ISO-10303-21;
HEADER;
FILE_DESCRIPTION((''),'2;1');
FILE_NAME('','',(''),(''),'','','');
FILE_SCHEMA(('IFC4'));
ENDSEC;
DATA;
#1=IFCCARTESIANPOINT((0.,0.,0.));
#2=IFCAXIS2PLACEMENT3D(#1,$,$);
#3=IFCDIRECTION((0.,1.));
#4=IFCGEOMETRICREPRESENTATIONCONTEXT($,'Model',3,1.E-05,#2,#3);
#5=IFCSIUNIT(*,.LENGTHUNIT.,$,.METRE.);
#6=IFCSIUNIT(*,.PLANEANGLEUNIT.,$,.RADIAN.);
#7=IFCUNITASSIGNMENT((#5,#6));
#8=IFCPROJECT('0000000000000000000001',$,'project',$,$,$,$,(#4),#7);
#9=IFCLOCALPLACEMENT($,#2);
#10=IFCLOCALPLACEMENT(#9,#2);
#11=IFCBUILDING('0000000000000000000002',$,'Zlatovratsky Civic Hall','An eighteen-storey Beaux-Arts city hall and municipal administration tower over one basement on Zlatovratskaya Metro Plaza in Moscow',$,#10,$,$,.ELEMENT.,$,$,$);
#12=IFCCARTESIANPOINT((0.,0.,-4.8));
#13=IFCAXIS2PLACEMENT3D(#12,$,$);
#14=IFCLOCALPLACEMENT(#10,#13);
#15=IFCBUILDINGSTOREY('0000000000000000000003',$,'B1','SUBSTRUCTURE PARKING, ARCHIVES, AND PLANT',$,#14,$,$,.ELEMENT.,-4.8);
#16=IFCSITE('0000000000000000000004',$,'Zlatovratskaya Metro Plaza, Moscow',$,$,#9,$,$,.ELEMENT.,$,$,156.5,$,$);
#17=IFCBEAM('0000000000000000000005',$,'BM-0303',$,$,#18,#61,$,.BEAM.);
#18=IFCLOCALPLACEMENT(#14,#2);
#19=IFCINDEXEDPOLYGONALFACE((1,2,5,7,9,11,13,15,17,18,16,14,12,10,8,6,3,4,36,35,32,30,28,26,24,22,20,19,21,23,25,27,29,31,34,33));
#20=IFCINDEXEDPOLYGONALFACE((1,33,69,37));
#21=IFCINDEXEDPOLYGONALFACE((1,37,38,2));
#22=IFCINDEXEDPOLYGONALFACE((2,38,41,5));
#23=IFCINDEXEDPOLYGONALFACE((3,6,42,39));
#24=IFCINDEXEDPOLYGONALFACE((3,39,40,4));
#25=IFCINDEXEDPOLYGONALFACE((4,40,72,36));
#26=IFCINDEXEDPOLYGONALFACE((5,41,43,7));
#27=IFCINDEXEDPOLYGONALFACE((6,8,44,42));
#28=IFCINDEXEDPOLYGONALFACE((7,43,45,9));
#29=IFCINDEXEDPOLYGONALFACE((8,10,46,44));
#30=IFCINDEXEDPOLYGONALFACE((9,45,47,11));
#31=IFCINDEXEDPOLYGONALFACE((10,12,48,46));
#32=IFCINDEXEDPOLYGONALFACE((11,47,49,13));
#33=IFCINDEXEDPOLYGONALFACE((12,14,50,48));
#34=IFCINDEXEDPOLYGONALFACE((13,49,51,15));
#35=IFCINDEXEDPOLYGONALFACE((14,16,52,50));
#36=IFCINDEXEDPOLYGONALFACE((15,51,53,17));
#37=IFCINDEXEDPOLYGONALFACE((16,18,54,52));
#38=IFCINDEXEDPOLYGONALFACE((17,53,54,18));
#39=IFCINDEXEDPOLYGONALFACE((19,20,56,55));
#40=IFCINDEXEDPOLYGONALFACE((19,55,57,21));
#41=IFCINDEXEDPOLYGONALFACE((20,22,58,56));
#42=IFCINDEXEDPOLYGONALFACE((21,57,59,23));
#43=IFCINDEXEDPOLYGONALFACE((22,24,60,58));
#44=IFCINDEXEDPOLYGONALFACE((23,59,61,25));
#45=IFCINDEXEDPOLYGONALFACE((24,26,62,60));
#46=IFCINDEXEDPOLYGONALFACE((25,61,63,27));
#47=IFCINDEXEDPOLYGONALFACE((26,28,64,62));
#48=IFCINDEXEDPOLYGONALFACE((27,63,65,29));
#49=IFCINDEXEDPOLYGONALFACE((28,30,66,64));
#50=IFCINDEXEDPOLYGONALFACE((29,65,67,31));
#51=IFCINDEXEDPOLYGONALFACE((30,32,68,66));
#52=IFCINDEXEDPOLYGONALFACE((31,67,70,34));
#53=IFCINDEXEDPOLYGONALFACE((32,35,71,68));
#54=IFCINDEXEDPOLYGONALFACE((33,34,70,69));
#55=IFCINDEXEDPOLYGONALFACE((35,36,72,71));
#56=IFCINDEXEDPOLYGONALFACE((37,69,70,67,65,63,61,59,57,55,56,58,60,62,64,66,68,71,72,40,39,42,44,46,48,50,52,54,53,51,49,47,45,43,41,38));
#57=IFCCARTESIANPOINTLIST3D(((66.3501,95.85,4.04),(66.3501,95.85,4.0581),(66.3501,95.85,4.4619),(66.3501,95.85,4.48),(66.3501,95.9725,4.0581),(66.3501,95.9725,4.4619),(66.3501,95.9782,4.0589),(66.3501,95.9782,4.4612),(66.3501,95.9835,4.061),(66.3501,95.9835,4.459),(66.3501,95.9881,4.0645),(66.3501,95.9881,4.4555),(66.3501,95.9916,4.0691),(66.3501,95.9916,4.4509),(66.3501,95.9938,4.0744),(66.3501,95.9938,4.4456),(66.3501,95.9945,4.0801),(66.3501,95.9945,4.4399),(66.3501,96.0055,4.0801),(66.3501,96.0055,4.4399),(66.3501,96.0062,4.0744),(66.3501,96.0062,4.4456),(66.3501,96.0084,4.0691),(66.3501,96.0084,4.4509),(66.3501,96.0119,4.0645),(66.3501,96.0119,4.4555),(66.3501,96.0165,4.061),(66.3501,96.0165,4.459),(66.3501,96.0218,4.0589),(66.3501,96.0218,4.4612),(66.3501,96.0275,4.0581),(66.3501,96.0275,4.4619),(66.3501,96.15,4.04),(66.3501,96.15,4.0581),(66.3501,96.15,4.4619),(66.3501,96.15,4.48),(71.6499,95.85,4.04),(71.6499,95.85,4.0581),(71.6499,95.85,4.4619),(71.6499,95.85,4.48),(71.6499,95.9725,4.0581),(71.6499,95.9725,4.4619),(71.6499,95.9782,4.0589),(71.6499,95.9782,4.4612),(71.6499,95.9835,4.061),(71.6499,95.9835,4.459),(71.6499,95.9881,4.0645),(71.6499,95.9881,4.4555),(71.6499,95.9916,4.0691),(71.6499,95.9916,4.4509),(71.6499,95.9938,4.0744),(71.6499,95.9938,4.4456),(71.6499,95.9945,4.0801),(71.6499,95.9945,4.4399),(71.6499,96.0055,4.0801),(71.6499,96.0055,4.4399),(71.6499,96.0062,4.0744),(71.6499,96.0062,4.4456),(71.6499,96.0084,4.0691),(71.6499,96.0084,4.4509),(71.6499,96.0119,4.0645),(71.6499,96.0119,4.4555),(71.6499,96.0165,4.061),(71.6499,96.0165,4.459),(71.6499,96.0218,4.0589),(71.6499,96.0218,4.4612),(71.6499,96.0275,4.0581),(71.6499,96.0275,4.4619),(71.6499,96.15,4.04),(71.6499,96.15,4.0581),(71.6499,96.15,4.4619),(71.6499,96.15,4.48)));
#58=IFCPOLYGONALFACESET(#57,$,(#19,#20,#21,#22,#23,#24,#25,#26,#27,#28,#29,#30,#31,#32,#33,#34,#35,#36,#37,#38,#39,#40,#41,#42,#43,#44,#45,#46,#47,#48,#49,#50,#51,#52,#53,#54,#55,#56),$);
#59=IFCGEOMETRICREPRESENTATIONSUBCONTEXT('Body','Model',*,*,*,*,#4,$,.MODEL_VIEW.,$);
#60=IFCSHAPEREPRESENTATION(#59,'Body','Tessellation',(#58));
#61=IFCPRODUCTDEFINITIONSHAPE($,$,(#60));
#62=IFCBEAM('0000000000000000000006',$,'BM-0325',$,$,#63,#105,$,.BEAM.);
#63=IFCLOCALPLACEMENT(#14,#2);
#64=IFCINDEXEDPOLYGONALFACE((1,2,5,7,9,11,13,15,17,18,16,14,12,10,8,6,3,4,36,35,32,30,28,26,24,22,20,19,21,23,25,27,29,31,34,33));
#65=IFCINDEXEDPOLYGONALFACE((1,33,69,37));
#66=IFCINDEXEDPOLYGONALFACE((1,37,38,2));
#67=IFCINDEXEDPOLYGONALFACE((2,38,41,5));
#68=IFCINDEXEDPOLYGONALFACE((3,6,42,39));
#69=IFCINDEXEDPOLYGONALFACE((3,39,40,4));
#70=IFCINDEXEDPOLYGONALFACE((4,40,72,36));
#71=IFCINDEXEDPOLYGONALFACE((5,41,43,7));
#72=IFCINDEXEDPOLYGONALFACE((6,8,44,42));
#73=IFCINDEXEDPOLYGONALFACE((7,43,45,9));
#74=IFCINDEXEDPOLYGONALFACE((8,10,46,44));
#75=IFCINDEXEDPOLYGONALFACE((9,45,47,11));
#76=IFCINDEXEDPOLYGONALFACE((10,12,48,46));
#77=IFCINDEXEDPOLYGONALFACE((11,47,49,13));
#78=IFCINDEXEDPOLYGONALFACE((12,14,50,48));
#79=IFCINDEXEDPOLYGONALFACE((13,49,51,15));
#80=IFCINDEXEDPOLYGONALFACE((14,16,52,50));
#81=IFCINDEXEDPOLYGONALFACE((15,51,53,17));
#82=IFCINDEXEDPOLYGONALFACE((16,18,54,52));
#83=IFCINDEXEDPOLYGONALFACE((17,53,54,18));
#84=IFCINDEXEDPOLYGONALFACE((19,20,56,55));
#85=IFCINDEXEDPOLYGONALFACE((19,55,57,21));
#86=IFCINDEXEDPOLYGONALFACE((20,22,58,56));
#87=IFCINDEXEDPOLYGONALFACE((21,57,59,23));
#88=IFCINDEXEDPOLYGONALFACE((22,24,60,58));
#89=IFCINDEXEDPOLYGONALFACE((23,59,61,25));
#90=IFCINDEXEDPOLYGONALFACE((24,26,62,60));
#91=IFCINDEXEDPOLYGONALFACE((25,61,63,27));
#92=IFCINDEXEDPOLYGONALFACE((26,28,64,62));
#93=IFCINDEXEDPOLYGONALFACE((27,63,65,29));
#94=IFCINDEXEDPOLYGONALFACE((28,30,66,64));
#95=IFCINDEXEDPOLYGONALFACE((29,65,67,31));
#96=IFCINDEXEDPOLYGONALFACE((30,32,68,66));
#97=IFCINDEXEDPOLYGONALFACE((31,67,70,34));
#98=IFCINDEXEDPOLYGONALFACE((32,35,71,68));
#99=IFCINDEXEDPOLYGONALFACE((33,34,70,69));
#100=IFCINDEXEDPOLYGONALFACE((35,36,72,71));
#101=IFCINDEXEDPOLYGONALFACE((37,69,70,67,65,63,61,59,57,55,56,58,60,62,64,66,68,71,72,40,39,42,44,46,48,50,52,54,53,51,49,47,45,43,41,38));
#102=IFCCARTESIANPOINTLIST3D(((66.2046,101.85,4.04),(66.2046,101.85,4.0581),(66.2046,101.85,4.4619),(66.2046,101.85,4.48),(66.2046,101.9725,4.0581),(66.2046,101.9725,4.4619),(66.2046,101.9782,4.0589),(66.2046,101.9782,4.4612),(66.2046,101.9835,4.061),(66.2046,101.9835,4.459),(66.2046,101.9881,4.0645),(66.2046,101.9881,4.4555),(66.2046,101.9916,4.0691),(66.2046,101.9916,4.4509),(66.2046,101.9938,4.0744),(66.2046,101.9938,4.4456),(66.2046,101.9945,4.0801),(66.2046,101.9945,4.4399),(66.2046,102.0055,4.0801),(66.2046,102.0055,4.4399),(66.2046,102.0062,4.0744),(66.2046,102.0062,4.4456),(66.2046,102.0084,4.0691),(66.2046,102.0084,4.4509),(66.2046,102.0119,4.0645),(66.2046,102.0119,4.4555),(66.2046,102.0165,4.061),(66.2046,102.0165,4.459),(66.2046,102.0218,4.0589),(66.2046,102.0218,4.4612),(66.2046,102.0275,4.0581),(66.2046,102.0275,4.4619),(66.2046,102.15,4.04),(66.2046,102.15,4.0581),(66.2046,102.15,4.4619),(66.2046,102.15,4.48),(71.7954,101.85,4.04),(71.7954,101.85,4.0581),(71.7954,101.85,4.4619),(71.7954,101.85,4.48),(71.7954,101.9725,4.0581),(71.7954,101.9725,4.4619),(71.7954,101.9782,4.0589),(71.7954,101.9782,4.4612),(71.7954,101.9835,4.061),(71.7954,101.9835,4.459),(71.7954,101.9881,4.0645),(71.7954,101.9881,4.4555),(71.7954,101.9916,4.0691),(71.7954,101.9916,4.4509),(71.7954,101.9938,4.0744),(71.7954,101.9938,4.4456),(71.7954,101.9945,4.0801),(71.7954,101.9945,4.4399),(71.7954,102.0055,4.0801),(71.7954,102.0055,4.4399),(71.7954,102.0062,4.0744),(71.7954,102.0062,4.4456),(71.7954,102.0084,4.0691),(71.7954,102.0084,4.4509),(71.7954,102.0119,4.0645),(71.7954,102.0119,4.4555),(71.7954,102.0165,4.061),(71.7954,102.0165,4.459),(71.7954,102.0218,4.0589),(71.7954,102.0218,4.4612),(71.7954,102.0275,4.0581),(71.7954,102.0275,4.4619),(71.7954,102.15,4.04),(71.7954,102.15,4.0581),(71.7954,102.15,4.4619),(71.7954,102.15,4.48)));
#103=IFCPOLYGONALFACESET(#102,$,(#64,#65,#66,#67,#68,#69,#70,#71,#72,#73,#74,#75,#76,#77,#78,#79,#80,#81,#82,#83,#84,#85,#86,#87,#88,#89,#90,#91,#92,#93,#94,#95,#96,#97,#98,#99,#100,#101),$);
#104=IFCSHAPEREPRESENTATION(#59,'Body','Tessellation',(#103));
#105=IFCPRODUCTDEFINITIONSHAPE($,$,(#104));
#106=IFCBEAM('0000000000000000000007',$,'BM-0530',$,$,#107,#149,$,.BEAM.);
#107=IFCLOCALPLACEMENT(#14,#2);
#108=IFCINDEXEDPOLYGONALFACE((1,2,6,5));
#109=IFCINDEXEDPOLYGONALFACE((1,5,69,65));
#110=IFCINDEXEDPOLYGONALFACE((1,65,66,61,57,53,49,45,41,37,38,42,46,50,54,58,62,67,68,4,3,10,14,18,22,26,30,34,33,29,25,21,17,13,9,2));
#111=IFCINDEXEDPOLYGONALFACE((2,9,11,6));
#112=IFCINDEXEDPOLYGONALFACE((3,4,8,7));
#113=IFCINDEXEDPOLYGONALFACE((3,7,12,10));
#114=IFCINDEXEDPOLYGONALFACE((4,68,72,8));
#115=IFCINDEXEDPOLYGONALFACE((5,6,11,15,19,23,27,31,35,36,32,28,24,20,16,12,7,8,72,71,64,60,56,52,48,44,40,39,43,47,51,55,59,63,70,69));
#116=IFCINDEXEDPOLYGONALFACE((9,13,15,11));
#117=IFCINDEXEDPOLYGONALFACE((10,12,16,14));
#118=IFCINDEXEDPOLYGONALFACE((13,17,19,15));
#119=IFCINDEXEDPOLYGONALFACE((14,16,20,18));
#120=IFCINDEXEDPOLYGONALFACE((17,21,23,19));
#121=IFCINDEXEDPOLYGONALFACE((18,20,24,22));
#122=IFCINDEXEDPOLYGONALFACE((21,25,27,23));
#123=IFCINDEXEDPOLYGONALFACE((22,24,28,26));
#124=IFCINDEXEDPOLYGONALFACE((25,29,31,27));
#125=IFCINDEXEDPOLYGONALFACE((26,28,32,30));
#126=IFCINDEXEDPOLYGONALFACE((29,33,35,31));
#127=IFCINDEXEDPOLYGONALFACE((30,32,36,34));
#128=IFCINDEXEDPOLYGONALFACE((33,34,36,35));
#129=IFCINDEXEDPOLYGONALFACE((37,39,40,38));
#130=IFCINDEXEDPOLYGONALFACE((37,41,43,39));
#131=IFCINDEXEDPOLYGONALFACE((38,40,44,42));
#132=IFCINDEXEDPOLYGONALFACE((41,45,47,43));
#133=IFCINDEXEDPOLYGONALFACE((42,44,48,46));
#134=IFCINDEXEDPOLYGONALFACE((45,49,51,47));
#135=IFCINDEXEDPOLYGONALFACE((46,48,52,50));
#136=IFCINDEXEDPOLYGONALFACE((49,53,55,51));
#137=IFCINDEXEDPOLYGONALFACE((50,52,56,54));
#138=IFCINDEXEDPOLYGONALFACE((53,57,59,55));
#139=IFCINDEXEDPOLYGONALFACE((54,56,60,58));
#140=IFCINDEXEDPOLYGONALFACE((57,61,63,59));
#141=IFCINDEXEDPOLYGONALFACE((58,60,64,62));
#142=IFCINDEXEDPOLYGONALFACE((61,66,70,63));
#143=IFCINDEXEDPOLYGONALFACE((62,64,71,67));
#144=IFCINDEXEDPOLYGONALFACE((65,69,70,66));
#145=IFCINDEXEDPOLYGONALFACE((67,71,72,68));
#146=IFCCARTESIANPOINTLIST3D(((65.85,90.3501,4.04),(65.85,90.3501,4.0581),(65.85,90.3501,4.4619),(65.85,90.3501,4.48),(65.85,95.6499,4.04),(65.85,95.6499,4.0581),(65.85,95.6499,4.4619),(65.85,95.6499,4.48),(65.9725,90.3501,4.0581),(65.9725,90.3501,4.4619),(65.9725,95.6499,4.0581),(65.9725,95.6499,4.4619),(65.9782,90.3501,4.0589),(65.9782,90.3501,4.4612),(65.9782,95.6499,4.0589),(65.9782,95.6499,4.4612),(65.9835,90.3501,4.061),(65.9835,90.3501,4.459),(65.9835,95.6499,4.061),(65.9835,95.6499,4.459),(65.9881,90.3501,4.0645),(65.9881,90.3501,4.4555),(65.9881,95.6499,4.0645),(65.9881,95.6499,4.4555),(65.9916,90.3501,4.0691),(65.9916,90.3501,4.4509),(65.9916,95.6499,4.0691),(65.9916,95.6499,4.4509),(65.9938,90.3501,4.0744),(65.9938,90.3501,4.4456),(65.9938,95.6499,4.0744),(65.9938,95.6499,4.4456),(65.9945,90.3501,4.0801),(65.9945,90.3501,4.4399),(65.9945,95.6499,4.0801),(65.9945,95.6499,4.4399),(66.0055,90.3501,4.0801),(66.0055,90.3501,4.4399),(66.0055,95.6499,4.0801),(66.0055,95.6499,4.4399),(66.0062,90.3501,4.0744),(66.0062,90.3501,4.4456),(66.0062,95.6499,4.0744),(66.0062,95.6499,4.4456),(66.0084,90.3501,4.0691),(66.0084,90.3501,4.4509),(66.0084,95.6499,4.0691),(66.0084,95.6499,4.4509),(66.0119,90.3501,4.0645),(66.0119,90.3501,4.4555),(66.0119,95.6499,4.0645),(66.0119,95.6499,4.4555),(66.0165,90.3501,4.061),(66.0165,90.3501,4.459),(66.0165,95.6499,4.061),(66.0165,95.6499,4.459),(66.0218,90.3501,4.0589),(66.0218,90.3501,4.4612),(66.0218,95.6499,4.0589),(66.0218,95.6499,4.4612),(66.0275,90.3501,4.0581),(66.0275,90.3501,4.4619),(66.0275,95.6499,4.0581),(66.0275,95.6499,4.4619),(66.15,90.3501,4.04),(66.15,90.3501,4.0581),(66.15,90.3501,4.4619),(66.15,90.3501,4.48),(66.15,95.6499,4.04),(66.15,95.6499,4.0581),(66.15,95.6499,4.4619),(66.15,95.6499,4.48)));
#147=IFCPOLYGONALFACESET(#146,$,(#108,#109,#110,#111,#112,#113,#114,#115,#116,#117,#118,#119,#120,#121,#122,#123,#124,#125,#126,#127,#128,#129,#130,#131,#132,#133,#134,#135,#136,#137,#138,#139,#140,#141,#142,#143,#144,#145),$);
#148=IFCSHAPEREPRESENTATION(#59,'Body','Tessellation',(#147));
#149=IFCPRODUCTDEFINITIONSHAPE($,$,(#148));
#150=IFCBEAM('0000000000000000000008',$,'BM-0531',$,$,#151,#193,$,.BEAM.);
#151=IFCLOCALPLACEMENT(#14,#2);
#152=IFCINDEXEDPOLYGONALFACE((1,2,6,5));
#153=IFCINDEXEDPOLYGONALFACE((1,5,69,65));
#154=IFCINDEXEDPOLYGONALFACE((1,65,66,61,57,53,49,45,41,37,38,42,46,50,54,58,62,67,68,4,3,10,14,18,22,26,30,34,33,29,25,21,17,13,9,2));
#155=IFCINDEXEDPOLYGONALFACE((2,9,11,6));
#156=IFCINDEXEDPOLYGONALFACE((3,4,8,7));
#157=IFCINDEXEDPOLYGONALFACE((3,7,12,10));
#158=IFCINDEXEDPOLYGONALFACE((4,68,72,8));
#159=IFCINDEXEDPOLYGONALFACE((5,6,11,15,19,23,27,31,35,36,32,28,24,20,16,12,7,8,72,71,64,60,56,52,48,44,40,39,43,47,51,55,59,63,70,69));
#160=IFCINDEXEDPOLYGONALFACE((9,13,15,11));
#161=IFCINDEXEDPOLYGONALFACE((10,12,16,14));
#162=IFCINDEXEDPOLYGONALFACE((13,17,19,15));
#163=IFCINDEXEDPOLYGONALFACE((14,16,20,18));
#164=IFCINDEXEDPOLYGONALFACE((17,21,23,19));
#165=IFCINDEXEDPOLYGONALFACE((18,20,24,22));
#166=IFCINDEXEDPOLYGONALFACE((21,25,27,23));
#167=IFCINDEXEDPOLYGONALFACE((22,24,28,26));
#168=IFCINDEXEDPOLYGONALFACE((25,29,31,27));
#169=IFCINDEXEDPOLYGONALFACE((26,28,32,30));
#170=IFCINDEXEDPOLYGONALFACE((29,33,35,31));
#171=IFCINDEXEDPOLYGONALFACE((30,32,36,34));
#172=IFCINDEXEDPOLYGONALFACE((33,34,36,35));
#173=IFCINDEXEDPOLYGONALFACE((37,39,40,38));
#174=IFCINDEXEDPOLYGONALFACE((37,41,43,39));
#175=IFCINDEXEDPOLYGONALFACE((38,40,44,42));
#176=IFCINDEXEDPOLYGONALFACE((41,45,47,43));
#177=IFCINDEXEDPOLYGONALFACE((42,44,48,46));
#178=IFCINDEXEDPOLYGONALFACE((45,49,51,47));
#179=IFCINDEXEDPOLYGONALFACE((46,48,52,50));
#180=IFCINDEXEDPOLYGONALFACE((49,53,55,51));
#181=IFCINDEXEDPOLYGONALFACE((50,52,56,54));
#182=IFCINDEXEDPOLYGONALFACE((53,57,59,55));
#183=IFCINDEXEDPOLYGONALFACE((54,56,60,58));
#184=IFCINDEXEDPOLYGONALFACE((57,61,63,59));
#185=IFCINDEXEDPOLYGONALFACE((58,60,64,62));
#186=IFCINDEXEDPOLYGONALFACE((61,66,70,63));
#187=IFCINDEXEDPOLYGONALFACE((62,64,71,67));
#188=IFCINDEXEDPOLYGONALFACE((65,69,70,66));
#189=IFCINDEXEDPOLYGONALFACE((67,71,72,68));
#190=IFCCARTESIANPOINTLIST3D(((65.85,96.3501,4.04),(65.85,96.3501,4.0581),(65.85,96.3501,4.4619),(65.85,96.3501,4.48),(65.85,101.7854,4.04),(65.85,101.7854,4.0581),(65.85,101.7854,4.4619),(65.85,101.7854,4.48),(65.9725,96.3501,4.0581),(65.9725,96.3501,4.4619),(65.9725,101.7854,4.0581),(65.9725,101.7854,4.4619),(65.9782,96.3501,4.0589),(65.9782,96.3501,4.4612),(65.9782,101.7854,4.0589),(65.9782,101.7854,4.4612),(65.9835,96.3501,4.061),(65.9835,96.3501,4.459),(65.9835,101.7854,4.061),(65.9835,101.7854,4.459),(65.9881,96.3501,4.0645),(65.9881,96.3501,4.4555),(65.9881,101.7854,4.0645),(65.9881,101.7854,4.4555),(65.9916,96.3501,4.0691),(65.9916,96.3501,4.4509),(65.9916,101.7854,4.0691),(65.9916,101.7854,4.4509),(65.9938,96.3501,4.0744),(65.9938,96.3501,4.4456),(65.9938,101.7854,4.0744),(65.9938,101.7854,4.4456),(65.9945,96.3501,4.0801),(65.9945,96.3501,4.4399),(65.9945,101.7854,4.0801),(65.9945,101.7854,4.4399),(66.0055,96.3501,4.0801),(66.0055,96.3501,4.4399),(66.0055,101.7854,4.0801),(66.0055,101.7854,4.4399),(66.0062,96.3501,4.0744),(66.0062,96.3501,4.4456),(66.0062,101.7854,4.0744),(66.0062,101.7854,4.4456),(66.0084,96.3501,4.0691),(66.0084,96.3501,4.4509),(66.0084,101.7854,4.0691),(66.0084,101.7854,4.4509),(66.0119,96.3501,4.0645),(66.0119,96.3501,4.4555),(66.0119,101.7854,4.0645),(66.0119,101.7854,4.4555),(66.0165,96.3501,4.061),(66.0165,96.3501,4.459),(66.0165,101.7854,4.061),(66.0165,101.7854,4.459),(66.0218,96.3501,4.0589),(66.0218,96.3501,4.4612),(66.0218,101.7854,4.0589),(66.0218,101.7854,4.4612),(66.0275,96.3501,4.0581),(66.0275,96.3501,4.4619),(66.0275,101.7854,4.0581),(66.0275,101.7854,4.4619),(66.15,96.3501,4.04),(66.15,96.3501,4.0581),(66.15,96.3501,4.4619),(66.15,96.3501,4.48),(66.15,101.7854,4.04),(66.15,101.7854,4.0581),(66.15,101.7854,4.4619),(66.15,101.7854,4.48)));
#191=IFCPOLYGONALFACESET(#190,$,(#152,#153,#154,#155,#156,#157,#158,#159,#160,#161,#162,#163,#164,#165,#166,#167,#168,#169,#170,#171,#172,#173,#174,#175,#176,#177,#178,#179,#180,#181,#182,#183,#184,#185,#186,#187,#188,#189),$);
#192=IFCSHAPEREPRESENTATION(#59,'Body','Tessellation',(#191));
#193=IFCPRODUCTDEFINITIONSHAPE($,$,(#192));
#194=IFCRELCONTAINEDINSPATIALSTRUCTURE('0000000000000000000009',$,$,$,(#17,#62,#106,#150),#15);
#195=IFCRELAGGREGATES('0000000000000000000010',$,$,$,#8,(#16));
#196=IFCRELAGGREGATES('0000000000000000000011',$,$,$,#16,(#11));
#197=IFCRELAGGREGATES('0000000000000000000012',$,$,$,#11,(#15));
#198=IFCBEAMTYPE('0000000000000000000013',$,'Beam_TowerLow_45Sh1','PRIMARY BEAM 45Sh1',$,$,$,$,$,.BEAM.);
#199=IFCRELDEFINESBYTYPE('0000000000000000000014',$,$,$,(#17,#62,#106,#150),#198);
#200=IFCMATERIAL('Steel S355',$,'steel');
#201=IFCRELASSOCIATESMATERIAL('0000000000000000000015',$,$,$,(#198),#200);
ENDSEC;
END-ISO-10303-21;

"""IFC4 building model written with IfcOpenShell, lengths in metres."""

from ifc_helpers import new_model, si_unit, direction, frame, origin, origin_2d, place, context, subcontext, project, spatial, i_section, extrude, material, material_profile, profile_set, type_object, element, save


model = new_model("IFC4")

# Units and contexts
model_context = context("Model", 3, precision=1e-05, world=origin(), true_north=direction((0.0, 1.0)))
body_context = subcontext(model_context, "Body", "Model", "MODEL_VIEW")
ifc_project = project(units=[si_unit("LENGTHUNIT", "METRE"), si_unit("PLANEANGLEUNIT", "RADIAN")], contexts=[model_context])

# Site, building, storey
site_placement = place(None, origin())
site = spatial("IfcSite", under=ifc_project, at=site_placement, Name="Zlatovratskaya Metro Plaza, Moscow", CompositionType="ELEMENT", RefElevation=156.5)
building_placement = place(site_placement, origin())
building = spatial("IfcBuilding", under=site, at=building_placement, Name="Zlatovratsky Civic Hall", Description="An eighteen-storey Beaux-Arts city hall and municipal administration tower over one basement on Zlatovratskaya Metro Plaza in Moscow", CompositionType="ELEMENT")
storey_placement = place(building_placement, frame((0.0, 0.0, -4.8)))
storey = spatial("IfcBuildingStorey", under=building, at=storey_placement, Name="B1", Description="SUBSTRUCTURE PARKING, ARCHIVES, AND PLANT", CompositionType="ELEMENT", Elevation=-4.8)

# Shared definitions
ifc_material_1 = material(Name="Steel S355", Category="steel")

# Beams
ifc_material_profile_1 = material_profile(ifc_material_1, i_section(OverallWidth=0.3, OverallDepth=0.4399, WebThickness=0.011, FlangeThickness=0.0181, FilletRadius=0.022, at=origin_2d()), Name="45Sh1")
ifc_profile_set_1 = profile_set([ifc_material_profile_1], Name="Steel S355")
beam_type = type_object("IfcBeamType", Name="Beam_TowerLow_45Sh1", Description="PRIMARY BEAM 45Sh1", PredefinedType="BEAM", material=ifc_profile_set_1)
beam_1_placement = place(storey_placement, frame((66.3501, 96.0, 4.26), z_axis=(1.0, 0.0, 0.0), x_axis=(0.0, 1.0, 0.0)))
element("IfcBeam", 1, at=beam_1_placement, inside=storey, type_object=beam_type, Name="BM-0303", PredefinedType="BEAM", context=body_context, shape_type="SweptSolid", body=[
    extrude(i_section(OverallWidth=0.3, OverallDepth=0.4399, WebThickness=0.011, FlangeThickness=0.0181, FilletRadius=0.022, at=origin_2d()), origin(), (0.0, 0.0, 1.0), 5.2998),
])
beam_2_placement = place(storey_placement, frame((66.2046, 102.0, 4.26), z_axis=(1.0, 0.0, 0.0), x_axis=(0.0, 1.0, 0.0)))
element("IfcBeam", 2, at=beam_2_placement, inside=storey, type_object=beam_type, Name="BM-0325", PredefinedType="BEAM", context=body_context, shape_type="SweptSolid", body=[
    extrude(i_section(OverallWidth=0.3, OverallDepth=0.4399, WebThickness=0.011, FlangeThickness=0.0181, FilletRadius=0.022, at=origin_2d()), origin(), (0.0, 0.0, 1.0), 5.5908),
])
beam_3_placement = place(storey_placement, frame((66.0, 90.3501, 4.26), z_axis=(0.0, 1.0, 0.0), x_axis=(-1.0, 0.0, 0.0)))
element("IfcBeam", 3, at=beam_3_placement, inside=storey, type_object=beam_type, Name="BM-0530", PredefinedType="BEAM", context=body_context, shape_type="SweptSolid", body=[
    extrude(i_section(OverallWidth=0.3, OverallDepth=0.4399, WebThickness=0.011, FlangeThickness=0.0181, FilletRadius=0.022, at=origin_2d()), origin(), (0.0, 0.0, 1.0), 5.2998),
])
beam_4_placement = place(storey_placement, frame((66.0, 96.3501, 4.26), z_axis=(0.0, 1.0, 0.0), x_axis=(-1.0, 0.0, 0.0)))
element("IfcBeam", 4, at=beam_4_placement, inside=storey, type_object=beam_type, Name="BM-0531", PredefinedType="BEAM", context=body_context, shape_type="SweptSolid", body=[
    extrude(i_section(OverallWidth=0.3, OverallDepth=0.4399, WebThickness=0.011, FlangeThickness=0.0181, FilletRadius=0.022, at=origin_2d()), origin(), (0.0, 0.0, 1.0), 5.4353),
])

save(model, "model.ifc")
